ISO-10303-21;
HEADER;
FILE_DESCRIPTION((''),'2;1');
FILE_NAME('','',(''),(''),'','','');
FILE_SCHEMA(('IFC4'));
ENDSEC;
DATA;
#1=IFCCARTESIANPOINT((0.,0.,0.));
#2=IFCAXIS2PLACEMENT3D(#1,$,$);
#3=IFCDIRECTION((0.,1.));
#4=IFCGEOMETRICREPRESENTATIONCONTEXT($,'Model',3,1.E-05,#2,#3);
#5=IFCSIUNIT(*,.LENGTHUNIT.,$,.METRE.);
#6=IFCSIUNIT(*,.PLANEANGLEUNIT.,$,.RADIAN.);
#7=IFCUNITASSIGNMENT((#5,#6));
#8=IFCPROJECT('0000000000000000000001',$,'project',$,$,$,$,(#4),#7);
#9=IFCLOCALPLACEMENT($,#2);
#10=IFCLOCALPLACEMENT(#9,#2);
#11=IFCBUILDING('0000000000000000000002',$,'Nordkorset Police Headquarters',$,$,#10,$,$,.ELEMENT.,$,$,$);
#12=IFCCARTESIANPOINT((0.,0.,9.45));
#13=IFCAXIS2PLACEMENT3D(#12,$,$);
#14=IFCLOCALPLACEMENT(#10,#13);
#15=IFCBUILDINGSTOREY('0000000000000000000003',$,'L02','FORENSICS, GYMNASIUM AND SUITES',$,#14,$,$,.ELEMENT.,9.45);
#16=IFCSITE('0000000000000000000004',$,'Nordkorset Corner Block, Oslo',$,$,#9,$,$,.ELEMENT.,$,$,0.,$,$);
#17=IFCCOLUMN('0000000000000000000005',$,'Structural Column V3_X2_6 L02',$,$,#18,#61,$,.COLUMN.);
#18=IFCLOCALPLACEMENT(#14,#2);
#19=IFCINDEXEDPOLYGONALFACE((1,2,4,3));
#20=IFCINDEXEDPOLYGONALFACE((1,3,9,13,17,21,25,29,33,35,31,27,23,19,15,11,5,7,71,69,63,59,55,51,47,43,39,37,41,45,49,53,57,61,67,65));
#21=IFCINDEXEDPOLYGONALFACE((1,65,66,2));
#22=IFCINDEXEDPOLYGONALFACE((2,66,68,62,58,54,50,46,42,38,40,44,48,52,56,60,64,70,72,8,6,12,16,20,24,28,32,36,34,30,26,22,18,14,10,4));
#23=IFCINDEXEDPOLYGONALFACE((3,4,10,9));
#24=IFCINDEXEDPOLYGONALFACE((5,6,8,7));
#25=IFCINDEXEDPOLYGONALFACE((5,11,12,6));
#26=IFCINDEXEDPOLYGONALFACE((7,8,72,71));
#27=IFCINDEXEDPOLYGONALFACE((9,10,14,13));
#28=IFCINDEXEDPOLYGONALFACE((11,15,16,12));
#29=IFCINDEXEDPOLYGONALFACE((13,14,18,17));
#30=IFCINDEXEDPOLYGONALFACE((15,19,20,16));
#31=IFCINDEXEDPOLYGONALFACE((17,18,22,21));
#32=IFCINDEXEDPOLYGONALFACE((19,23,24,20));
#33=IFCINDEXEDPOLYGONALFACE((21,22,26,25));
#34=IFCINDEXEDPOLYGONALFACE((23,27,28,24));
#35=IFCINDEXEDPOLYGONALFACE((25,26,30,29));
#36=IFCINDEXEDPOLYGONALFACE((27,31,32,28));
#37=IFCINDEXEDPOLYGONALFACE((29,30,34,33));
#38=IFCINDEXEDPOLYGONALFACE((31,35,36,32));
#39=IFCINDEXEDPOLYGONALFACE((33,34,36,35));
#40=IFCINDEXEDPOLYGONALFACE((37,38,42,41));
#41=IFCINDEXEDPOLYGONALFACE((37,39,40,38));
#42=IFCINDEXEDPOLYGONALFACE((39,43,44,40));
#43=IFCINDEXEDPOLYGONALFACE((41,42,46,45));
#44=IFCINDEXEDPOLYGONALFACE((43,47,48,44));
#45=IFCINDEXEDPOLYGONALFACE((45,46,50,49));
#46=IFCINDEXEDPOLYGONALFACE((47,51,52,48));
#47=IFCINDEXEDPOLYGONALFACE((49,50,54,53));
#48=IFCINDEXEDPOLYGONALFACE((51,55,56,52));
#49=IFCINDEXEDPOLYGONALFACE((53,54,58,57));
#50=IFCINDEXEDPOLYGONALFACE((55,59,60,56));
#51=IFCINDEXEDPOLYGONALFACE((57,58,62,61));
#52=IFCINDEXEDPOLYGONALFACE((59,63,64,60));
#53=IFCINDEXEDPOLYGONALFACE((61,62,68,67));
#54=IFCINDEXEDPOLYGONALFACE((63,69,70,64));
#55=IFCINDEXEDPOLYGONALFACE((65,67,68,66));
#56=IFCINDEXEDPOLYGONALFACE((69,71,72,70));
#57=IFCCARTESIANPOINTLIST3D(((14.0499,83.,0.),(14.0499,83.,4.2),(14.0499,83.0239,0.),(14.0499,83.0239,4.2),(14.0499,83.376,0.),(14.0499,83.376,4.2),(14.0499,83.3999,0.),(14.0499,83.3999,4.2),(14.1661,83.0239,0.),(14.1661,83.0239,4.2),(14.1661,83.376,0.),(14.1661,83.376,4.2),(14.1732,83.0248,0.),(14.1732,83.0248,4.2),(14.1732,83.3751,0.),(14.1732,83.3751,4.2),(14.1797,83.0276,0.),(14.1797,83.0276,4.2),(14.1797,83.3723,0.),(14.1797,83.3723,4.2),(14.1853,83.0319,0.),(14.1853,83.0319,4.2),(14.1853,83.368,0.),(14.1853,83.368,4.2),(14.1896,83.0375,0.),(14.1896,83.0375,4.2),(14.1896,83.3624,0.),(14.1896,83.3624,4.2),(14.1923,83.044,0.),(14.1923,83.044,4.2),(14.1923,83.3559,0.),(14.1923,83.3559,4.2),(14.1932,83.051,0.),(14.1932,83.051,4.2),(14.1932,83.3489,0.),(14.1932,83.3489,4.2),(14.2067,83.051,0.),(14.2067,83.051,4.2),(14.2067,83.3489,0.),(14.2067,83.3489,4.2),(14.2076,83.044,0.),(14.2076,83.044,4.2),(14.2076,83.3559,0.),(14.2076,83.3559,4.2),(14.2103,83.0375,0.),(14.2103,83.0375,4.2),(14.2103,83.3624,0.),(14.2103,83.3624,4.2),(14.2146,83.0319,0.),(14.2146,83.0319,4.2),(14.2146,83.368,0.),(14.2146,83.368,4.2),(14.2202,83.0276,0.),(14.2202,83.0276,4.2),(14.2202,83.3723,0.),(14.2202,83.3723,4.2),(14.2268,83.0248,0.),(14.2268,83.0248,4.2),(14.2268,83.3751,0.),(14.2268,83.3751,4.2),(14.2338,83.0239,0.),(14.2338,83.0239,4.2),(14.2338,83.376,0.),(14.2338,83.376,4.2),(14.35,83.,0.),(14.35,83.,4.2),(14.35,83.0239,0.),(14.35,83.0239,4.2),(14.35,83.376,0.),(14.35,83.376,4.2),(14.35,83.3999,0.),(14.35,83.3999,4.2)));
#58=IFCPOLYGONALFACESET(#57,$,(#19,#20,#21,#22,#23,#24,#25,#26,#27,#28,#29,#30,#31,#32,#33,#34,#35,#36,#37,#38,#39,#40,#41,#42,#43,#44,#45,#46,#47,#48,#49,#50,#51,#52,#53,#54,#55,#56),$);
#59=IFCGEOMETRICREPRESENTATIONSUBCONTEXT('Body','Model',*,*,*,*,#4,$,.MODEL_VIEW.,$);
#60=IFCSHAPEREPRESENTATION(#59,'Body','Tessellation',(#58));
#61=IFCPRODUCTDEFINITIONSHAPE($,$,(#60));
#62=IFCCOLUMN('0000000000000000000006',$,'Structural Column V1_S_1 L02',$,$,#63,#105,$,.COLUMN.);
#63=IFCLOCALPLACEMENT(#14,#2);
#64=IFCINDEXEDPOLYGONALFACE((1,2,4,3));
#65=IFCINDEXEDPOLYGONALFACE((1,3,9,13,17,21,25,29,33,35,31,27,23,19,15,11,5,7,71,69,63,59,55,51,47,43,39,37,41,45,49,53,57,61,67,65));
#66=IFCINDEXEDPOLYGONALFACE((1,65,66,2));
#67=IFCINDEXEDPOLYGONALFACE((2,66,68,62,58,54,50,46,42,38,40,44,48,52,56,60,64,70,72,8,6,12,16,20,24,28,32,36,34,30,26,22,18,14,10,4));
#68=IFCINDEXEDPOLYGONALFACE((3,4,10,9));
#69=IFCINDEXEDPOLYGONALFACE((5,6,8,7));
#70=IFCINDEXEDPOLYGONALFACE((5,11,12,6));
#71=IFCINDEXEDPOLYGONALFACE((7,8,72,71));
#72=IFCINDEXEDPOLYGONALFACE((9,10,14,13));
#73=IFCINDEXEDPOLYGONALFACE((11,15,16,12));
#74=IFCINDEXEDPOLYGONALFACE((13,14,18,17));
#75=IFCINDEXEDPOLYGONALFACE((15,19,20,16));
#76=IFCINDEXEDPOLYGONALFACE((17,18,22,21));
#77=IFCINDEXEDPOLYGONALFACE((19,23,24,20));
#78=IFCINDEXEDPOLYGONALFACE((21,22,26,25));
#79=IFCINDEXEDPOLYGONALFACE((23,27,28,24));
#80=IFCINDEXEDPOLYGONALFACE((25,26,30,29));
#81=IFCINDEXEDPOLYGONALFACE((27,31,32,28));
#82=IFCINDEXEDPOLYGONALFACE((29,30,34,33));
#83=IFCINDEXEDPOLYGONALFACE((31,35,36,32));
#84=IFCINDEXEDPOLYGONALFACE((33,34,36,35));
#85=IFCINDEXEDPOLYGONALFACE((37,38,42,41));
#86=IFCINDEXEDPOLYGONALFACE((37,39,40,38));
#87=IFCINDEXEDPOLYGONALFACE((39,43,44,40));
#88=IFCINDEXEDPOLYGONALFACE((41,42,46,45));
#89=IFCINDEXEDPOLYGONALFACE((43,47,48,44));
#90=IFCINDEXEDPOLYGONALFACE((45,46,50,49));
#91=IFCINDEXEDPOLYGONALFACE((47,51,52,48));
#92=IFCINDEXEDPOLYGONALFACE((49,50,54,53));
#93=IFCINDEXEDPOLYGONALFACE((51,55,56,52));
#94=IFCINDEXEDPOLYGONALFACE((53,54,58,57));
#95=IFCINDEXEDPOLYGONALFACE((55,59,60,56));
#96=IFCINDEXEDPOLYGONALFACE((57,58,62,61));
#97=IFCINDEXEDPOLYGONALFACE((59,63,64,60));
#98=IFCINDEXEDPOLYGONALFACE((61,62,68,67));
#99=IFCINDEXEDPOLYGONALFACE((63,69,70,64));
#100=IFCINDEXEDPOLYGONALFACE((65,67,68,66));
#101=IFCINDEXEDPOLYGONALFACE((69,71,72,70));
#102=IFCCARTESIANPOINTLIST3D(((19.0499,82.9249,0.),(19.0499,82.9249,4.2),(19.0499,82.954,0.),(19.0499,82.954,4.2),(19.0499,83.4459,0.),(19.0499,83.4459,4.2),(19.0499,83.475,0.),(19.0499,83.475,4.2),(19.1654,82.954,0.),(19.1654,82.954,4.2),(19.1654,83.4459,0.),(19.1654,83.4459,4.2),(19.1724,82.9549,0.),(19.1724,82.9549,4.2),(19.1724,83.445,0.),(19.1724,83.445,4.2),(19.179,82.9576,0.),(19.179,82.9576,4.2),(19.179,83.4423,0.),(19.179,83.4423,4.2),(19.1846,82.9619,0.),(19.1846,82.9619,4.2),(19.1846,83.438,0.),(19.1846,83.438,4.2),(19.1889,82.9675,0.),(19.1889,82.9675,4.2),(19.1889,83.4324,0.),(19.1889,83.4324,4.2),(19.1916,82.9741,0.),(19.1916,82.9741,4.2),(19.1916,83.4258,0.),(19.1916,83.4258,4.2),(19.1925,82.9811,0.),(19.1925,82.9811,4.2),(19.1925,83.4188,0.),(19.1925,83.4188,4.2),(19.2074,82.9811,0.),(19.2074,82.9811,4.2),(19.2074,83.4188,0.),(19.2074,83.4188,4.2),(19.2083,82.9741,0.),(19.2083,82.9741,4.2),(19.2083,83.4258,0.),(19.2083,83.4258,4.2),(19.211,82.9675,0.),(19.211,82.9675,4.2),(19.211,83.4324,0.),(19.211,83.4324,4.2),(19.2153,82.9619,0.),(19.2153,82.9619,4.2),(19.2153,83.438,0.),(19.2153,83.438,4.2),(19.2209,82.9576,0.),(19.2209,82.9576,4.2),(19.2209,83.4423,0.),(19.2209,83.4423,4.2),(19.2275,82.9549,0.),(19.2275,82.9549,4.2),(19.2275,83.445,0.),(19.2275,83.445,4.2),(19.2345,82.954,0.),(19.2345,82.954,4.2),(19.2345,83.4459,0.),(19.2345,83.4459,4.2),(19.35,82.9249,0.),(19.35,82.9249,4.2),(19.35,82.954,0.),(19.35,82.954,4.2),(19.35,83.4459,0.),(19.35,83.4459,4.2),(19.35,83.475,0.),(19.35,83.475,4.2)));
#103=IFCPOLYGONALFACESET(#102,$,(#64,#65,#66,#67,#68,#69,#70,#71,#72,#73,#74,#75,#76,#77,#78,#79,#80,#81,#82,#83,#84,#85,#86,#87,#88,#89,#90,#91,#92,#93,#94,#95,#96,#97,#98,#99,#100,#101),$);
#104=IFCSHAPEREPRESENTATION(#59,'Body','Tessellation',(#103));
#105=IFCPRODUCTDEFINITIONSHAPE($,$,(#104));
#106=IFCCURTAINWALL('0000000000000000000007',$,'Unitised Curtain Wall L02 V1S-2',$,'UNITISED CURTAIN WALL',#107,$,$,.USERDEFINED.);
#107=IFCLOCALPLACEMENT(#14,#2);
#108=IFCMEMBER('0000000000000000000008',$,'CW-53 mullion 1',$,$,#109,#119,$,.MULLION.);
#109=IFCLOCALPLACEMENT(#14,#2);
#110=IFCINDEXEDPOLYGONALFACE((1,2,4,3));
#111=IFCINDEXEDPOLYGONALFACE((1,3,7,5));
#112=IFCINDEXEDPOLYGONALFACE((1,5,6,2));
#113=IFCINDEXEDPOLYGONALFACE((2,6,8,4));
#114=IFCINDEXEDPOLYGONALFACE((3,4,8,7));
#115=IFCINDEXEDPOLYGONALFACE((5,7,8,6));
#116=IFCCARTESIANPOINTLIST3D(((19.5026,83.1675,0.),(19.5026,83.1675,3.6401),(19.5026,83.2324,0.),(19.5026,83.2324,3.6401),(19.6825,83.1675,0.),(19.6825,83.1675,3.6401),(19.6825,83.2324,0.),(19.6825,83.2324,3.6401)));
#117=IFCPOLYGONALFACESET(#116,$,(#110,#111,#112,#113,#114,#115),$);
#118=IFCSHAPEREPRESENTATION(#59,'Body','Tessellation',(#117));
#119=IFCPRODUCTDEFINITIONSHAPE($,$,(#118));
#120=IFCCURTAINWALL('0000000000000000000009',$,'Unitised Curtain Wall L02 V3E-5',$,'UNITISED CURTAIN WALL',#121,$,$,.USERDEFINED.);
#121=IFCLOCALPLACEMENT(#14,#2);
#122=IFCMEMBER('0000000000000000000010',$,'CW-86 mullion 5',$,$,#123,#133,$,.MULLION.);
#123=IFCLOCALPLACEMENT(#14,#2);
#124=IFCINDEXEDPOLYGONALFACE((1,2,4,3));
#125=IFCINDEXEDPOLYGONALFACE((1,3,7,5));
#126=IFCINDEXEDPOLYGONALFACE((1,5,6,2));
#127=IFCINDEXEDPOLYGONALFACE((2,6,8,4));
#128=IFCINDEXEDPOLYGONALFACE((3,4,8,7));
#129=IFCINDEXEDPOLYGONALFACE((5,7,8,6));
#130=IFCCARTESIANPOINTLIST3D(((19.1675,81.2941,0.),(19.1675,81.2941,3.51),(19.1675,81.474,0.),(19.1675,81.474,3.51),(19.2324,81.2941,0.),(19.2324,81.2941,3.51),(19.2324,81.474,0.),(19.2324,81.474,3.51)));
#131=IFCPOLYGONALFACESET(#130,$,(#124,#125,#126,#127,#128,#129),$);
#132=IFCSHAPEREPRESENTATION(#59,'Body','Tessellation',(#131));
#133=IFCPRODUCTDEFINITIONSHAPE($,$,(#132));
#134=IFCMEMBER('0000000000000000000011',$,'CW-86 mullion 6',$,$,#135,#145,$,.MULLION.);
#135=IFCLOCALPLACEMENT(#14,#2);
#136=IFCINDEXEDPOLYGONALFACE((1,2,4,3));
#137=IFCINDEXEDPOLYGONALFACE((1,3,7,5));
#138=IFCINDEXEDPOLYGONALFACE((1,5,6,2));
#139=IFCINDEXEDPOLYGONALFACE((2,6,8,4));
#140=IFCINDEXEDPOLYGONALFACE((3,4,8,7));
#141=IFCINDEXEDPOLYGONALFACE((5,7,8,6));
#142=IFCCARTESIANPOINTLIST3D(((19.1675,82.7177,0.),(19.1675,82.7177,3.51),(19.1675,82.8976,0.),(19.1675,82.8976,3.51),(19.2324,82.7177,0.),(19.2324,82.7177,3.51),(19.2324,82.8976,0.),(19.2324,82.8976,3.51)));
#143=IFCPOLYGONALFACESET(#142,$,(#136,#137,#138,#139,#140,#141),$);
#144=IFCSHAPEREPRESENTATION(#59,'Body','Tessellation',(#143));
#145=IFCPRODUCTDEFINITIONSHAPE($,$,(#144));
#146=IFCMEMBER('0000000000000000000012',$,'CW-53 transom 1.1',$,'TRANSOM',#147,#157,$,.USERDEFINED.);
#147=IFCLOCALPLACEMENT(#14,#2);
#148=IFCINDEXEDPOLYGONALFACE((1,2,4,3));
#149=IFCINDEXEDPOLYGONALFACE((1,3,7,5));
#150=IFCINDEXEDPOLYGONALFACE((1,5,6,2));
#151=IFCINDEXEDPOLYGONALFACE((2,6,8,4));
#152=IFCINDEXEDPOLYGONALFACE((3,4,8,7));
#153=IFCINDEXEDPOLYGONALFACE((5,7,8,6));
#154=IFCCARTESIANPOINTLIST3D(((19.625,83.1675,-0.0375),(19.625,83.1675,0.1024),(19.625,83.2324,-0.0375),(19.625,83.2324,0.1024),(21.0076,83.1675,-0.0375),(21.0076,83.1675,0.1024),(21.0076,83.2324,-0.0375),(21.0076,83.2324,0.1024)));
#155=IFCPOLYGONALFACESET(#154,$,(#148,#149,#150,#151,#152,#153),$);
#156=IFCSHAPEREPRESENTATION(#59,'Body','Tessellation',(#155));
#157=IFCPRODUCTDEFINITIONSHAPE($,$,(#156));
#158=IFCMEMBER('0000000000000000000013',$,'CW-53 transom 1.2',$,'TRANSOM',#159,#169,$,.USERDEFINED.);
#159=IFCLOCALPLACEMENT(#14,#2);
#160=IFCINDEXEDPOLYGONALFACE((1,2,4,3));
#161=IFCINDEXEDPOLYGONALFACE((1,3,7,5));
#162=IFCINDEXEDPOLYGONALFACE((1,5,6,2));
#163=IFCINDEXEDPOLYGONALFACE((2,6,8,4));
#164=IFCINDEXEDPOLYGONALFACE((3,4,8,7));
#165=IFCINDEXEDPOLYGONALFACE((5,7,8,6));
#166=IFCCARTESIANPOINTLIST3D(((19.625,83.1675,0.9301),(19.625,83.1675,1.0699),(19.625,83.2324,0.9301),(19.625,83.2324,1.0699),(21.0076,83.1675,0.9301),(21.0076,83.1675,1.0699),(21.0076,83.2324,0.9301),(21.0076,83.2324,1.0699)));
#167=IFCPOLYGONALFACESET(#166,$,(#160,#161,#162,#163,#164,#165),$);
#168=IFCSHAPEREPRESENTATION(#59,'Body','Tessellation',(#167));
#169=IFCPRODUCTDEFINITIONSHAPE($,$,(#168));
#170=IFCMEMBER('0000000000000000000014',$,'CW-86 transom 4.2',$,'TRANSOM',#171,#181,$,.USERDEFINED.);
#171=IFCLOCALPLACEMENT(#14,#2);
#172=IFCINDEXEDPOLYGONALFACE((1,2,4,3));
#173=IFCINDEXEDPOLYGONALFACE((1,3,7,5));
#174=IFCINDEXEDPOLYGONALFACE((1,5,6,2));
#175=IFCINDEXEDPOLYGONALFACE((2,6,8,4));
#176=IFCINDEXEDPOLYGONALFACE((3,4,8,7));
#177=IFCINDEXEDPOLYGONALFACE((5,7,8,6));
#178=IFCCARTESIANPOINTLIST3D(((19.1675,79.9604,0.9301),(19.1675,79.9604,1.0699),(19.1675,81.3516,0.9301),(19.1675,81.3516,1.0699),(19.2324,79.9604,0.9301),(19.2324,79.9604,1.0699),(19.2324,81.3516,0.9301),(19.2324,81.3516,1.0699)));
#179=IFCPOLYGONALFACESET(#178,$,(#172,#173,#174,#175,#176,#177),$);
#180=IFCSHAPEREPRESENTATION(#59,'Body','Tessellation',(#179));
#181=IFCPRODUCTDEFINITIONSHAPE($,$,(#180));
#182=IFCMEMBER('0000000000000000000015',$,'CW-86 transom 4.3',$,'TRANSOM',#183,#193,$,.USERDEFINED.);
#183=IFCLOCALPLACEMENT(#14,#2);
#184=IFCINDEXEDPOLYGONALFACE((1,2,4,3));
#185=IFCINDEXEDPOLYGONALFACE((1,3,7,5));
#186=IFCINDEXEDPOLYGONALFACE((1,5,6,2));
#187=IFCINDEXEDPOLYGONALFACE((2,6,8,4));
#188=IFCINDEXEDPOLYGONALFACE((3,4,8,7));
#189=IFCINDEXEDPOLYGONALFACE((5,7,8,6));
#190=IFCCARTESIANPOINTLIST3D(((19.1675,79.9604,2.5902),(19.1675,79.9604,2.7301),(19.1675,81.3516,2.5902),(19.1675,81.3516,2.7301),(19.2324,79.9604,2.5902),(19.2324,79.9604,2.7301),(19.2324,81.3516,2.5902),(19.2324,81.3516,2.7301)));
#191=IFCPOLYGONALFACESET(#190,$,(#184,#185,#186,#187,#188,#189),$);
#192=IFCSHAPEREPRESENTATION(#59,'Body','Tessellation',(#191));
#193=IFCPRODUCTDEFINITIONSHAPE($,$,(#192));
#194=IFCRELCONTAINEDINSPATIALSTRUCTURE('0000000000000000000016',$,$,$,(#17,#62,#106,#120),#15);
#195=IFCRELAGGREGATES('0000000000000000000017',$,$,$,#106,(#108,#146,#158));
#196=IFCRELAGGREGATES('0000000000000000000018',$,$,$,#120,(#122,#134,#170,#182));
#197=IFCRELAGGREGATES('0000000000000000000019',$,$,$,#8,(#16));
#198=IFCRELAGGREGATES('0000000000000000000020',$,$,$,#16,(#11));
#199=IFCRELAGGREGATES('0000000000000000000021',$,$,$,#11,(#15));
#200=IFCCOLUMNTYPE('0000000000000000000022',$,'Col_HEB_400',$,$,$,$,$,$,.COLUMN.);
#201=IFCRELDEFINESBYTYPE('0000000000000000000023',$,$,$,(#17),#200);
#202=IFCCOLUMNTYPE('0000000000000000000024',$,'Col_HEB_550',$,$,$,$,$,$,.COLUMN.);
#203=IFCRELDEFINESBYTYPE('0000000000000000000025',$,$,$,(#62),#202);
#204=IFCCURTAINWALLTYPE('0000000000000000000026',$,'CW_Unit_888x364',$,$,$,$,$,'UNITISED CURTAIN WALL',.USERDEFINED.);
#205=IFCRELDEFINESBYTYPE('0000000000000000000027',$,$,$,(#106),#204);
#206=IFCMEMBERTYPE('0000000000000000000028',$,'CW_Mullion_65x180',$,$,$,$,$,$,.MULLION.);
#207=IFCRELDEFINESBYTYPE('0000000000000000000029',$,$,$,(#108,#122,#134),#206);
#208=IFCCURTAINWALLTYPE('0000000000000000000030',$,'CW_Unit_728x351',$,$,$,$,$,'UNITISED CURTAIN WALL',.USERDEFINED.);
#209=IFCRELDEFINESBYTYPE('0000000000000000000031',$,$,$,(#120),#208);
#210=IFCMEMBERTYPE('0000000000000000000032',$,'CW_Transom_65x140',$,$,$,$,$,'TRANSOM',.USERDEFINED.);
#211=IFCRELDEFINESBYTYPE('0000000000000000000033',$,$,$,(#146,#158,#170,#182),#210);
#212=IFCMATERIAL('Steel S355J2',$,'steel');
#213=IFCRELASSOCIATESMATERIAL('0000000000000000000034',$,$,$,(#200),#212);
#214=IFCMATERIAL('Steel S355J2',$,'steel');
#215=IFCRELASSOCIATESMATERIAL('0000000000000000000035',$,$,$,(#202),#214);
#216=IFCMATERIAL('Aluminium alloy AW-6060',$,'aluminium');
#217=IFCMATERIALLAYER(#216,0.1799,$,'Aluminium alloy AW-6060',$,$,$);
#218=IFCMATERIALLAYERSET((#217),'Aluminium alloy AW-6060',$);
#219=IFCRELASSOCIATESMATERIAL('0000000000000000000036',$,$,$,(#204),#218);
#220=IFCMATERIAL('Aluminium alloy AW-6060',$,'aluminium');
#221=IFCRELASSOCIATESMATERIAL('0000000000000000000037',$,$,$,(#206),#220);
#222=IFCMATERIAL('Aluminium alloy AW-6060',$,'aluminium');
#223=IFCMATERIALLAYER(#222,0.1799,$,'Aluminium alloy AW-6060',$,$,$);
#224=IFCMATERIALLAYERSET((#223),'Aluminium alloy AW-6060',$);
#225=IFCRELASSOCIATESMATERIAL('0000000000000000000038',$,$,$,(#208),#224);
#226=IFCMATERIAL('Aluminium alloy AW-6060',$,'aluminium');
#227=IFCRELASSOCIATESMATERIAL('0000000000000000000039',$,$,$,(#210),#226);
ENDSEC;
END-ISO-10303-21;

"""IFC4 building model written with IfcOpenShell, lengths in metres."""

from ifc_helpers import new_model, si_unit, direction, frame, origin, origin_2d, place, context, subcontext, project, spatial, rectangle, i_section, extrude, material, layer, layer_set, material_profile, profile_set, type_object, element, aggregate, save


model = new_model("IFC4")

# Units and contexts
model_context = context("Model", 3, precision=1e-05, world=origin(), true_north=direction((0.0, 1.0)))
body_context = subcontext(model_context, "Body", "Model", "MODEL_VIEW")
ifc_project = project(units=[si_unit("LENGTHUNIT", "METRE"), si_unit("PLANEANGLEUNIT", "RADIAN")], contexts=[model_context])

# Site, building, storey
site_placement = place(None, origin())
site = spatial("IfcSite", under=ifc_project, at=site_placement, Name="Nordkorset Corner Block, Oslo", CompositionType="ELEMENT", RefElevation=0.0)
building_placement = place(site_placement, origin())
building = spatial("IfcBuilding", under=site, at=building_placement, Name="Nordkorset Police Headquarters", CompositionType="ELEMENT")
storey_placement = place(building_placement, frame((0.0, 0.0, 9.45)))
storey = spatial("IfcBuildingStorey", under=building, at=storey_placement, Name="L02", Description="FORENSICS, GYMNASIUM AND SUITES", CompositionType="ELEMENT", Elevation=9.45)

# Columns
ifc_material_1 = material(Name="Steel S355J2", Category="steel")
ifc_material_profile_1 = material_profile(ifc_material_1, i_section(OverallWidth=0.3, OverallDepth=0.3999, WebThickness=0.0134, FlangeThickness=0.0239, FilletRadius=0.0271, at=origin_2d()), Name="HEB 400")
ifc_profile_set_1 = profile_set([ifc_material_profile_1], Name="Steel S355J2")
column_type_1 = type_object("IfcColumnType", Name="Col_HEB_400", PredefinedType="COLUMN", material=ifc_profile_set_1)
column_1_placement = place(storey_placement, frame((14.2, 83.2, 0.0), z_axis=(0.0, 0.0, 1.0), x_axis=(1.0, 0.0, 0.0)))
element("IfcColumn", 1, at=column_1_placement, inside=storey, type_object=column_type_1, Name="Structural Column V3_X2_6 L02", PredefinedType="COLUMN", context=body_context, shape_type="SweptSolid", body=[
    extrude(i_section(OverallWidth=0.3, OverallDepth=0.3999, WebThickness=0.0134, FlangeThickness=0.0239, FilletRadius=0.0271, at=origin_2d()), origin(), (0.0, 0.0, 1.0), 4.2),
])
ifc_material_2 = material(Name="Steel S355J2", Category="steel")
ifc_material_profile_2 = material_profile(ifc_material_2, i_section(OverallWidth=0.3, OverallDepth=0.55, WebThickness=0.0149, FlangeThickness=0.0291, FilletRadius=0.0271, at=origin_2d()), Name="HEB 550")
ifc_profile_set_2 = profile_set([ifc_material_profile_2], Name="Steel S355J2")
column_type_2 = type_object("IfcColumnType", Name="Col_HEB_550", PredefinedType="COLUMN", material=ifc_profile_set_2)
column_2_placement = place(storey_placement, frame((19.2, 83.2, 0.0), z_axis=(0.0, 0.0, 1.0), x_axis=(1.0, 0.0, 0.0)))
element("IfcColumn", 2, at=column_2_placement, inside=storey, type_object=column_type_2, Name="Structural Column V1_S_1 L02", PredefinedType="COLUMN", context=body_context, shape_type="SweptSolid", body=[
    extrude(i_section(OverallWidth=0.3, OverallDepth=0.55, WebThickness=0.0149, FlangeThickness=0.0291, FilletRadius=0.0271, at=origin_2d()), origin(), (0.0, 0.0, 1.0), 4.2),
])

# Curtain wall, member
ifc_material_3 = material(Name="Aluminium alloy AW-6060", Category="aluminium")
ifc_layer_1 = layer(ifc_material_3, 0.1799, Name="Aluminium alloy AW-6060")
ifc_layer_set_1 = layer_set([ifc_layer_1], Name="Aluminium alloy AW-6060")
curtain_wall_type_1 = type_object("IfcCurtainWallType", Name="CW_Unit_888x364", ElementType="UNITISED CURTAIN WALL", PredefinedType="USERDEFINED", material=ifc_layer_set_1)
curtain_wall_1_placement = place(storey_placement, origin())
curtain_wall_1 = element("IfcCurtainWall", 3, at=curtain_wall_1_placement, inside=storey, type_object=curtain_wall_type_1, Name="Unitised Curtain Wall L02 V1S-2", ObjectType="UNITISED CURTAIN WALL", PredefinedType="USERDEFINED")
ifc_material_4 = material(Name="Aluminium alloy AW-6060", Category="aluminium")
ifc_material_profile_3 = material_profile(ifc_material_4, rectangle(XDim=0.0649, YDim=0.1799, at=origin_2d()), Name="ALU MULL 65x180")
ifc_profile_set_3 = profile_set([ifc_material_profile_3], Name="Aluminium alloy AW-6060")
member_type_1 = type_object("IfcMemberType", Name="CW_Mullion_65x180", PredefinedType="MULLION", material=ifc_profile_set_3)
member_1_placement = place(storey_placement, frame((19.5925, 83.2, 0.0), z_axis=(0.0, 0.0, 1.0), x_axis=(0.0, 1.0, 0.0)))
member_1 = element("IfcMember", 4, at=member_1_placement, type_object=member_type_1, Name="CW-53 mullion 1", PredefinedType="MULLION", context=body_context, shape_type="SweptSolid", body=[
    extrude(rectangle(XDim=0.0649, YDim=0.1799, at=origin_2d()), origin(), (0.0, 0.0, 1.0), 3.6401),
])

# Curtain wall, members
ifc_material_5 = material(Name="Aluminium alloy AW-6060", Category="aluminium")
ifc_layer_2 = layer(ifc_material_5, 0.1799, Name="Aluminium alloy AW-6060")
ifc_layer_set_2 = layer_set([ifc_layer_2], Name="Aluminium alloy AW-6060")
curtain_wall_type_2 = type_object("IfcCurtainWallType", Name="CW_Unit_728x351", ElementType="UNITISED CURTAIN WALL", PredefinedType="USERDEFINED", material=ifc_layer_set_2)
curtain_wall_2_placement = place(storey_placement, origin())
curtain_wall_2 = element("IfcCurtainWall", 5, at=curtain_wall_2_placement, inside=storey, type_object=curtain_wall_type_2, Name="Unitised Curtain Wall L02 V3E-5", ObjectType="UNITISED CURTAIN WALL", PredefinedType="USERDEFINED")
member_2_placement = place(storey_placement, frame((19.2, 81.384, 0.0), z_axis=(0.0, 0.0, 1.0), x_axis=(-1.0, 0.0, 0.0)))
member_2 = element("IfcMember", 6, at=member_2_placement, type_object=member_type_1, Name="CW-86 mullion 5", PredefinedType="MULLION", context=body_context, shape_type="SweptSolid", body=[
    extrude(rectangle(XDim=0.0649, YDim=0.1799, at=origin_2d()), origin(), (0.0, 0.0, 1.0), 3.51),
])
member_3_placement = place(storey_placement, frame((19.2, 82.8076, 0.0), z_axis=(0.0, 0.0, 1.0), x_axis=(-1.0, 0.0, 0.0)))
member_3 = element("IfcMember", 7, at=member_3_placement, type_object=member_type_1, Name="CW-86 mullion 6", PredefinedType="MULLION", context=body_context, shape_type="SweptSolid", body=[
    extrude(rectangle(XDim=0.0649, YDim=0.1799, at=origin_2d()), origin(), (0.0, 0.0, 1.0), 3.51),
])

# Members
ifc_material_6 = material(Name="Aluminium alloy AW-6060", Category="aluminium")
ifc_material_profile_4 = material_profile(ifc_material_6, rectangle(XDim=0.0649, YDim=0.1399, at=origin_2d()), Name="ALU TRAN 65x140")
ifc_profile_set_4 = profile_set([ifc_material_profile_4], Name="Aluminium alloy AW-6060")
member_type_2 = type_object("IfcMemberType", Name="CW_Transom_65x140", ElementType="TRANSOM", PredefinedType="USERDEFINED", material=ifc_profile_set_4)
member_4_placement = place(storey_placement, frame((19.625, 83.2, 0.0325), z_axis=(1.0, 0.0, 0.0), x_axis=(0.0, 1.0, 0.0)))
member_4 = element("IfcMember", 8, at=member_4_placement, type_object=member_type_2, Name="CW-53 transom 1.1", ObjectType="TRANSOM", PredefinedType="USERDEFINED", context=body_context, shape_type="SweptSolid", body=[
    extrude(rectangle(XDim=0.0649, YDim=0.1399, at=origin_2d()), origin(), (0.0, 0.0, 1.0), 1.3826),
])
member_5_placement = place(storey_placement, frame((19.625, 83.2, 1.0), z_axis=(1.0, 0.0, 0.0), x_axis=(0.0, 1.0, 0.0)))
member_5 = element("IfcMember", 9, at=member_5_placement, type_object=member_type_2, Name="CW-53 transom 1.2", ObjectType="TRANSOM", PredefinedType="USERDEFINED", context=body_context, shape_type="SweptSolid", body=[
    extrude(rectangle(XDim=0.0649, YDim=0.1399, at=origin_2d()), origin(), (0.0, 0.0, 1.0), 1.3826),
])
aggregate(curtain_wall_1, [member_1, member_4, member_5])
member_6_placement = place(storey_placement, frame((19.2, 79.9604, 1.0), z_axis=(0.0, 1.0, 0.0), x_axis=(-1.0, 0.0, 0.0)))
member_6 = element("IfcMember", 10, at=member_6_placement, type_object=member_type_2, Name="CW-86 transom 4.2", ObjectType="TRANSOM", PredefinedType="USERDEFINED", context=body_context, shape_type="SweptSolid", body=[
    extrude(rectangle(XDim=0.0649, YDim=0.1399, at=origin_2d()), origin(), (0.0, 0.0, 1.0), 1.3911),
])
member_7_placement = place(storey_placement, frame((19.2, 79.9604, 2.6602), z_axis=(0.0, 1.0, 0.0), x_axis=(-1.0, 0.0, 0.0)))
member_7 = element("IfcMember", 11, at=member_7_placement, type_object=member_type_2, Name="CW-86 transom 4.3", ObjectType="TRANSOM", PredefinedType="USERDEFINED", context=body_context, shape_type="SweptSolid", body=[
    extrude(rectangle(XDim=0.0649, YDim=0.1399, at=origin_2d()), origin(), (0.0, 0.0, 1.0), 1.3911),
])

aggregate(curtain_wall_2, [member_2, member_3, member_6, member_7])

save(model, "model.ifc")
